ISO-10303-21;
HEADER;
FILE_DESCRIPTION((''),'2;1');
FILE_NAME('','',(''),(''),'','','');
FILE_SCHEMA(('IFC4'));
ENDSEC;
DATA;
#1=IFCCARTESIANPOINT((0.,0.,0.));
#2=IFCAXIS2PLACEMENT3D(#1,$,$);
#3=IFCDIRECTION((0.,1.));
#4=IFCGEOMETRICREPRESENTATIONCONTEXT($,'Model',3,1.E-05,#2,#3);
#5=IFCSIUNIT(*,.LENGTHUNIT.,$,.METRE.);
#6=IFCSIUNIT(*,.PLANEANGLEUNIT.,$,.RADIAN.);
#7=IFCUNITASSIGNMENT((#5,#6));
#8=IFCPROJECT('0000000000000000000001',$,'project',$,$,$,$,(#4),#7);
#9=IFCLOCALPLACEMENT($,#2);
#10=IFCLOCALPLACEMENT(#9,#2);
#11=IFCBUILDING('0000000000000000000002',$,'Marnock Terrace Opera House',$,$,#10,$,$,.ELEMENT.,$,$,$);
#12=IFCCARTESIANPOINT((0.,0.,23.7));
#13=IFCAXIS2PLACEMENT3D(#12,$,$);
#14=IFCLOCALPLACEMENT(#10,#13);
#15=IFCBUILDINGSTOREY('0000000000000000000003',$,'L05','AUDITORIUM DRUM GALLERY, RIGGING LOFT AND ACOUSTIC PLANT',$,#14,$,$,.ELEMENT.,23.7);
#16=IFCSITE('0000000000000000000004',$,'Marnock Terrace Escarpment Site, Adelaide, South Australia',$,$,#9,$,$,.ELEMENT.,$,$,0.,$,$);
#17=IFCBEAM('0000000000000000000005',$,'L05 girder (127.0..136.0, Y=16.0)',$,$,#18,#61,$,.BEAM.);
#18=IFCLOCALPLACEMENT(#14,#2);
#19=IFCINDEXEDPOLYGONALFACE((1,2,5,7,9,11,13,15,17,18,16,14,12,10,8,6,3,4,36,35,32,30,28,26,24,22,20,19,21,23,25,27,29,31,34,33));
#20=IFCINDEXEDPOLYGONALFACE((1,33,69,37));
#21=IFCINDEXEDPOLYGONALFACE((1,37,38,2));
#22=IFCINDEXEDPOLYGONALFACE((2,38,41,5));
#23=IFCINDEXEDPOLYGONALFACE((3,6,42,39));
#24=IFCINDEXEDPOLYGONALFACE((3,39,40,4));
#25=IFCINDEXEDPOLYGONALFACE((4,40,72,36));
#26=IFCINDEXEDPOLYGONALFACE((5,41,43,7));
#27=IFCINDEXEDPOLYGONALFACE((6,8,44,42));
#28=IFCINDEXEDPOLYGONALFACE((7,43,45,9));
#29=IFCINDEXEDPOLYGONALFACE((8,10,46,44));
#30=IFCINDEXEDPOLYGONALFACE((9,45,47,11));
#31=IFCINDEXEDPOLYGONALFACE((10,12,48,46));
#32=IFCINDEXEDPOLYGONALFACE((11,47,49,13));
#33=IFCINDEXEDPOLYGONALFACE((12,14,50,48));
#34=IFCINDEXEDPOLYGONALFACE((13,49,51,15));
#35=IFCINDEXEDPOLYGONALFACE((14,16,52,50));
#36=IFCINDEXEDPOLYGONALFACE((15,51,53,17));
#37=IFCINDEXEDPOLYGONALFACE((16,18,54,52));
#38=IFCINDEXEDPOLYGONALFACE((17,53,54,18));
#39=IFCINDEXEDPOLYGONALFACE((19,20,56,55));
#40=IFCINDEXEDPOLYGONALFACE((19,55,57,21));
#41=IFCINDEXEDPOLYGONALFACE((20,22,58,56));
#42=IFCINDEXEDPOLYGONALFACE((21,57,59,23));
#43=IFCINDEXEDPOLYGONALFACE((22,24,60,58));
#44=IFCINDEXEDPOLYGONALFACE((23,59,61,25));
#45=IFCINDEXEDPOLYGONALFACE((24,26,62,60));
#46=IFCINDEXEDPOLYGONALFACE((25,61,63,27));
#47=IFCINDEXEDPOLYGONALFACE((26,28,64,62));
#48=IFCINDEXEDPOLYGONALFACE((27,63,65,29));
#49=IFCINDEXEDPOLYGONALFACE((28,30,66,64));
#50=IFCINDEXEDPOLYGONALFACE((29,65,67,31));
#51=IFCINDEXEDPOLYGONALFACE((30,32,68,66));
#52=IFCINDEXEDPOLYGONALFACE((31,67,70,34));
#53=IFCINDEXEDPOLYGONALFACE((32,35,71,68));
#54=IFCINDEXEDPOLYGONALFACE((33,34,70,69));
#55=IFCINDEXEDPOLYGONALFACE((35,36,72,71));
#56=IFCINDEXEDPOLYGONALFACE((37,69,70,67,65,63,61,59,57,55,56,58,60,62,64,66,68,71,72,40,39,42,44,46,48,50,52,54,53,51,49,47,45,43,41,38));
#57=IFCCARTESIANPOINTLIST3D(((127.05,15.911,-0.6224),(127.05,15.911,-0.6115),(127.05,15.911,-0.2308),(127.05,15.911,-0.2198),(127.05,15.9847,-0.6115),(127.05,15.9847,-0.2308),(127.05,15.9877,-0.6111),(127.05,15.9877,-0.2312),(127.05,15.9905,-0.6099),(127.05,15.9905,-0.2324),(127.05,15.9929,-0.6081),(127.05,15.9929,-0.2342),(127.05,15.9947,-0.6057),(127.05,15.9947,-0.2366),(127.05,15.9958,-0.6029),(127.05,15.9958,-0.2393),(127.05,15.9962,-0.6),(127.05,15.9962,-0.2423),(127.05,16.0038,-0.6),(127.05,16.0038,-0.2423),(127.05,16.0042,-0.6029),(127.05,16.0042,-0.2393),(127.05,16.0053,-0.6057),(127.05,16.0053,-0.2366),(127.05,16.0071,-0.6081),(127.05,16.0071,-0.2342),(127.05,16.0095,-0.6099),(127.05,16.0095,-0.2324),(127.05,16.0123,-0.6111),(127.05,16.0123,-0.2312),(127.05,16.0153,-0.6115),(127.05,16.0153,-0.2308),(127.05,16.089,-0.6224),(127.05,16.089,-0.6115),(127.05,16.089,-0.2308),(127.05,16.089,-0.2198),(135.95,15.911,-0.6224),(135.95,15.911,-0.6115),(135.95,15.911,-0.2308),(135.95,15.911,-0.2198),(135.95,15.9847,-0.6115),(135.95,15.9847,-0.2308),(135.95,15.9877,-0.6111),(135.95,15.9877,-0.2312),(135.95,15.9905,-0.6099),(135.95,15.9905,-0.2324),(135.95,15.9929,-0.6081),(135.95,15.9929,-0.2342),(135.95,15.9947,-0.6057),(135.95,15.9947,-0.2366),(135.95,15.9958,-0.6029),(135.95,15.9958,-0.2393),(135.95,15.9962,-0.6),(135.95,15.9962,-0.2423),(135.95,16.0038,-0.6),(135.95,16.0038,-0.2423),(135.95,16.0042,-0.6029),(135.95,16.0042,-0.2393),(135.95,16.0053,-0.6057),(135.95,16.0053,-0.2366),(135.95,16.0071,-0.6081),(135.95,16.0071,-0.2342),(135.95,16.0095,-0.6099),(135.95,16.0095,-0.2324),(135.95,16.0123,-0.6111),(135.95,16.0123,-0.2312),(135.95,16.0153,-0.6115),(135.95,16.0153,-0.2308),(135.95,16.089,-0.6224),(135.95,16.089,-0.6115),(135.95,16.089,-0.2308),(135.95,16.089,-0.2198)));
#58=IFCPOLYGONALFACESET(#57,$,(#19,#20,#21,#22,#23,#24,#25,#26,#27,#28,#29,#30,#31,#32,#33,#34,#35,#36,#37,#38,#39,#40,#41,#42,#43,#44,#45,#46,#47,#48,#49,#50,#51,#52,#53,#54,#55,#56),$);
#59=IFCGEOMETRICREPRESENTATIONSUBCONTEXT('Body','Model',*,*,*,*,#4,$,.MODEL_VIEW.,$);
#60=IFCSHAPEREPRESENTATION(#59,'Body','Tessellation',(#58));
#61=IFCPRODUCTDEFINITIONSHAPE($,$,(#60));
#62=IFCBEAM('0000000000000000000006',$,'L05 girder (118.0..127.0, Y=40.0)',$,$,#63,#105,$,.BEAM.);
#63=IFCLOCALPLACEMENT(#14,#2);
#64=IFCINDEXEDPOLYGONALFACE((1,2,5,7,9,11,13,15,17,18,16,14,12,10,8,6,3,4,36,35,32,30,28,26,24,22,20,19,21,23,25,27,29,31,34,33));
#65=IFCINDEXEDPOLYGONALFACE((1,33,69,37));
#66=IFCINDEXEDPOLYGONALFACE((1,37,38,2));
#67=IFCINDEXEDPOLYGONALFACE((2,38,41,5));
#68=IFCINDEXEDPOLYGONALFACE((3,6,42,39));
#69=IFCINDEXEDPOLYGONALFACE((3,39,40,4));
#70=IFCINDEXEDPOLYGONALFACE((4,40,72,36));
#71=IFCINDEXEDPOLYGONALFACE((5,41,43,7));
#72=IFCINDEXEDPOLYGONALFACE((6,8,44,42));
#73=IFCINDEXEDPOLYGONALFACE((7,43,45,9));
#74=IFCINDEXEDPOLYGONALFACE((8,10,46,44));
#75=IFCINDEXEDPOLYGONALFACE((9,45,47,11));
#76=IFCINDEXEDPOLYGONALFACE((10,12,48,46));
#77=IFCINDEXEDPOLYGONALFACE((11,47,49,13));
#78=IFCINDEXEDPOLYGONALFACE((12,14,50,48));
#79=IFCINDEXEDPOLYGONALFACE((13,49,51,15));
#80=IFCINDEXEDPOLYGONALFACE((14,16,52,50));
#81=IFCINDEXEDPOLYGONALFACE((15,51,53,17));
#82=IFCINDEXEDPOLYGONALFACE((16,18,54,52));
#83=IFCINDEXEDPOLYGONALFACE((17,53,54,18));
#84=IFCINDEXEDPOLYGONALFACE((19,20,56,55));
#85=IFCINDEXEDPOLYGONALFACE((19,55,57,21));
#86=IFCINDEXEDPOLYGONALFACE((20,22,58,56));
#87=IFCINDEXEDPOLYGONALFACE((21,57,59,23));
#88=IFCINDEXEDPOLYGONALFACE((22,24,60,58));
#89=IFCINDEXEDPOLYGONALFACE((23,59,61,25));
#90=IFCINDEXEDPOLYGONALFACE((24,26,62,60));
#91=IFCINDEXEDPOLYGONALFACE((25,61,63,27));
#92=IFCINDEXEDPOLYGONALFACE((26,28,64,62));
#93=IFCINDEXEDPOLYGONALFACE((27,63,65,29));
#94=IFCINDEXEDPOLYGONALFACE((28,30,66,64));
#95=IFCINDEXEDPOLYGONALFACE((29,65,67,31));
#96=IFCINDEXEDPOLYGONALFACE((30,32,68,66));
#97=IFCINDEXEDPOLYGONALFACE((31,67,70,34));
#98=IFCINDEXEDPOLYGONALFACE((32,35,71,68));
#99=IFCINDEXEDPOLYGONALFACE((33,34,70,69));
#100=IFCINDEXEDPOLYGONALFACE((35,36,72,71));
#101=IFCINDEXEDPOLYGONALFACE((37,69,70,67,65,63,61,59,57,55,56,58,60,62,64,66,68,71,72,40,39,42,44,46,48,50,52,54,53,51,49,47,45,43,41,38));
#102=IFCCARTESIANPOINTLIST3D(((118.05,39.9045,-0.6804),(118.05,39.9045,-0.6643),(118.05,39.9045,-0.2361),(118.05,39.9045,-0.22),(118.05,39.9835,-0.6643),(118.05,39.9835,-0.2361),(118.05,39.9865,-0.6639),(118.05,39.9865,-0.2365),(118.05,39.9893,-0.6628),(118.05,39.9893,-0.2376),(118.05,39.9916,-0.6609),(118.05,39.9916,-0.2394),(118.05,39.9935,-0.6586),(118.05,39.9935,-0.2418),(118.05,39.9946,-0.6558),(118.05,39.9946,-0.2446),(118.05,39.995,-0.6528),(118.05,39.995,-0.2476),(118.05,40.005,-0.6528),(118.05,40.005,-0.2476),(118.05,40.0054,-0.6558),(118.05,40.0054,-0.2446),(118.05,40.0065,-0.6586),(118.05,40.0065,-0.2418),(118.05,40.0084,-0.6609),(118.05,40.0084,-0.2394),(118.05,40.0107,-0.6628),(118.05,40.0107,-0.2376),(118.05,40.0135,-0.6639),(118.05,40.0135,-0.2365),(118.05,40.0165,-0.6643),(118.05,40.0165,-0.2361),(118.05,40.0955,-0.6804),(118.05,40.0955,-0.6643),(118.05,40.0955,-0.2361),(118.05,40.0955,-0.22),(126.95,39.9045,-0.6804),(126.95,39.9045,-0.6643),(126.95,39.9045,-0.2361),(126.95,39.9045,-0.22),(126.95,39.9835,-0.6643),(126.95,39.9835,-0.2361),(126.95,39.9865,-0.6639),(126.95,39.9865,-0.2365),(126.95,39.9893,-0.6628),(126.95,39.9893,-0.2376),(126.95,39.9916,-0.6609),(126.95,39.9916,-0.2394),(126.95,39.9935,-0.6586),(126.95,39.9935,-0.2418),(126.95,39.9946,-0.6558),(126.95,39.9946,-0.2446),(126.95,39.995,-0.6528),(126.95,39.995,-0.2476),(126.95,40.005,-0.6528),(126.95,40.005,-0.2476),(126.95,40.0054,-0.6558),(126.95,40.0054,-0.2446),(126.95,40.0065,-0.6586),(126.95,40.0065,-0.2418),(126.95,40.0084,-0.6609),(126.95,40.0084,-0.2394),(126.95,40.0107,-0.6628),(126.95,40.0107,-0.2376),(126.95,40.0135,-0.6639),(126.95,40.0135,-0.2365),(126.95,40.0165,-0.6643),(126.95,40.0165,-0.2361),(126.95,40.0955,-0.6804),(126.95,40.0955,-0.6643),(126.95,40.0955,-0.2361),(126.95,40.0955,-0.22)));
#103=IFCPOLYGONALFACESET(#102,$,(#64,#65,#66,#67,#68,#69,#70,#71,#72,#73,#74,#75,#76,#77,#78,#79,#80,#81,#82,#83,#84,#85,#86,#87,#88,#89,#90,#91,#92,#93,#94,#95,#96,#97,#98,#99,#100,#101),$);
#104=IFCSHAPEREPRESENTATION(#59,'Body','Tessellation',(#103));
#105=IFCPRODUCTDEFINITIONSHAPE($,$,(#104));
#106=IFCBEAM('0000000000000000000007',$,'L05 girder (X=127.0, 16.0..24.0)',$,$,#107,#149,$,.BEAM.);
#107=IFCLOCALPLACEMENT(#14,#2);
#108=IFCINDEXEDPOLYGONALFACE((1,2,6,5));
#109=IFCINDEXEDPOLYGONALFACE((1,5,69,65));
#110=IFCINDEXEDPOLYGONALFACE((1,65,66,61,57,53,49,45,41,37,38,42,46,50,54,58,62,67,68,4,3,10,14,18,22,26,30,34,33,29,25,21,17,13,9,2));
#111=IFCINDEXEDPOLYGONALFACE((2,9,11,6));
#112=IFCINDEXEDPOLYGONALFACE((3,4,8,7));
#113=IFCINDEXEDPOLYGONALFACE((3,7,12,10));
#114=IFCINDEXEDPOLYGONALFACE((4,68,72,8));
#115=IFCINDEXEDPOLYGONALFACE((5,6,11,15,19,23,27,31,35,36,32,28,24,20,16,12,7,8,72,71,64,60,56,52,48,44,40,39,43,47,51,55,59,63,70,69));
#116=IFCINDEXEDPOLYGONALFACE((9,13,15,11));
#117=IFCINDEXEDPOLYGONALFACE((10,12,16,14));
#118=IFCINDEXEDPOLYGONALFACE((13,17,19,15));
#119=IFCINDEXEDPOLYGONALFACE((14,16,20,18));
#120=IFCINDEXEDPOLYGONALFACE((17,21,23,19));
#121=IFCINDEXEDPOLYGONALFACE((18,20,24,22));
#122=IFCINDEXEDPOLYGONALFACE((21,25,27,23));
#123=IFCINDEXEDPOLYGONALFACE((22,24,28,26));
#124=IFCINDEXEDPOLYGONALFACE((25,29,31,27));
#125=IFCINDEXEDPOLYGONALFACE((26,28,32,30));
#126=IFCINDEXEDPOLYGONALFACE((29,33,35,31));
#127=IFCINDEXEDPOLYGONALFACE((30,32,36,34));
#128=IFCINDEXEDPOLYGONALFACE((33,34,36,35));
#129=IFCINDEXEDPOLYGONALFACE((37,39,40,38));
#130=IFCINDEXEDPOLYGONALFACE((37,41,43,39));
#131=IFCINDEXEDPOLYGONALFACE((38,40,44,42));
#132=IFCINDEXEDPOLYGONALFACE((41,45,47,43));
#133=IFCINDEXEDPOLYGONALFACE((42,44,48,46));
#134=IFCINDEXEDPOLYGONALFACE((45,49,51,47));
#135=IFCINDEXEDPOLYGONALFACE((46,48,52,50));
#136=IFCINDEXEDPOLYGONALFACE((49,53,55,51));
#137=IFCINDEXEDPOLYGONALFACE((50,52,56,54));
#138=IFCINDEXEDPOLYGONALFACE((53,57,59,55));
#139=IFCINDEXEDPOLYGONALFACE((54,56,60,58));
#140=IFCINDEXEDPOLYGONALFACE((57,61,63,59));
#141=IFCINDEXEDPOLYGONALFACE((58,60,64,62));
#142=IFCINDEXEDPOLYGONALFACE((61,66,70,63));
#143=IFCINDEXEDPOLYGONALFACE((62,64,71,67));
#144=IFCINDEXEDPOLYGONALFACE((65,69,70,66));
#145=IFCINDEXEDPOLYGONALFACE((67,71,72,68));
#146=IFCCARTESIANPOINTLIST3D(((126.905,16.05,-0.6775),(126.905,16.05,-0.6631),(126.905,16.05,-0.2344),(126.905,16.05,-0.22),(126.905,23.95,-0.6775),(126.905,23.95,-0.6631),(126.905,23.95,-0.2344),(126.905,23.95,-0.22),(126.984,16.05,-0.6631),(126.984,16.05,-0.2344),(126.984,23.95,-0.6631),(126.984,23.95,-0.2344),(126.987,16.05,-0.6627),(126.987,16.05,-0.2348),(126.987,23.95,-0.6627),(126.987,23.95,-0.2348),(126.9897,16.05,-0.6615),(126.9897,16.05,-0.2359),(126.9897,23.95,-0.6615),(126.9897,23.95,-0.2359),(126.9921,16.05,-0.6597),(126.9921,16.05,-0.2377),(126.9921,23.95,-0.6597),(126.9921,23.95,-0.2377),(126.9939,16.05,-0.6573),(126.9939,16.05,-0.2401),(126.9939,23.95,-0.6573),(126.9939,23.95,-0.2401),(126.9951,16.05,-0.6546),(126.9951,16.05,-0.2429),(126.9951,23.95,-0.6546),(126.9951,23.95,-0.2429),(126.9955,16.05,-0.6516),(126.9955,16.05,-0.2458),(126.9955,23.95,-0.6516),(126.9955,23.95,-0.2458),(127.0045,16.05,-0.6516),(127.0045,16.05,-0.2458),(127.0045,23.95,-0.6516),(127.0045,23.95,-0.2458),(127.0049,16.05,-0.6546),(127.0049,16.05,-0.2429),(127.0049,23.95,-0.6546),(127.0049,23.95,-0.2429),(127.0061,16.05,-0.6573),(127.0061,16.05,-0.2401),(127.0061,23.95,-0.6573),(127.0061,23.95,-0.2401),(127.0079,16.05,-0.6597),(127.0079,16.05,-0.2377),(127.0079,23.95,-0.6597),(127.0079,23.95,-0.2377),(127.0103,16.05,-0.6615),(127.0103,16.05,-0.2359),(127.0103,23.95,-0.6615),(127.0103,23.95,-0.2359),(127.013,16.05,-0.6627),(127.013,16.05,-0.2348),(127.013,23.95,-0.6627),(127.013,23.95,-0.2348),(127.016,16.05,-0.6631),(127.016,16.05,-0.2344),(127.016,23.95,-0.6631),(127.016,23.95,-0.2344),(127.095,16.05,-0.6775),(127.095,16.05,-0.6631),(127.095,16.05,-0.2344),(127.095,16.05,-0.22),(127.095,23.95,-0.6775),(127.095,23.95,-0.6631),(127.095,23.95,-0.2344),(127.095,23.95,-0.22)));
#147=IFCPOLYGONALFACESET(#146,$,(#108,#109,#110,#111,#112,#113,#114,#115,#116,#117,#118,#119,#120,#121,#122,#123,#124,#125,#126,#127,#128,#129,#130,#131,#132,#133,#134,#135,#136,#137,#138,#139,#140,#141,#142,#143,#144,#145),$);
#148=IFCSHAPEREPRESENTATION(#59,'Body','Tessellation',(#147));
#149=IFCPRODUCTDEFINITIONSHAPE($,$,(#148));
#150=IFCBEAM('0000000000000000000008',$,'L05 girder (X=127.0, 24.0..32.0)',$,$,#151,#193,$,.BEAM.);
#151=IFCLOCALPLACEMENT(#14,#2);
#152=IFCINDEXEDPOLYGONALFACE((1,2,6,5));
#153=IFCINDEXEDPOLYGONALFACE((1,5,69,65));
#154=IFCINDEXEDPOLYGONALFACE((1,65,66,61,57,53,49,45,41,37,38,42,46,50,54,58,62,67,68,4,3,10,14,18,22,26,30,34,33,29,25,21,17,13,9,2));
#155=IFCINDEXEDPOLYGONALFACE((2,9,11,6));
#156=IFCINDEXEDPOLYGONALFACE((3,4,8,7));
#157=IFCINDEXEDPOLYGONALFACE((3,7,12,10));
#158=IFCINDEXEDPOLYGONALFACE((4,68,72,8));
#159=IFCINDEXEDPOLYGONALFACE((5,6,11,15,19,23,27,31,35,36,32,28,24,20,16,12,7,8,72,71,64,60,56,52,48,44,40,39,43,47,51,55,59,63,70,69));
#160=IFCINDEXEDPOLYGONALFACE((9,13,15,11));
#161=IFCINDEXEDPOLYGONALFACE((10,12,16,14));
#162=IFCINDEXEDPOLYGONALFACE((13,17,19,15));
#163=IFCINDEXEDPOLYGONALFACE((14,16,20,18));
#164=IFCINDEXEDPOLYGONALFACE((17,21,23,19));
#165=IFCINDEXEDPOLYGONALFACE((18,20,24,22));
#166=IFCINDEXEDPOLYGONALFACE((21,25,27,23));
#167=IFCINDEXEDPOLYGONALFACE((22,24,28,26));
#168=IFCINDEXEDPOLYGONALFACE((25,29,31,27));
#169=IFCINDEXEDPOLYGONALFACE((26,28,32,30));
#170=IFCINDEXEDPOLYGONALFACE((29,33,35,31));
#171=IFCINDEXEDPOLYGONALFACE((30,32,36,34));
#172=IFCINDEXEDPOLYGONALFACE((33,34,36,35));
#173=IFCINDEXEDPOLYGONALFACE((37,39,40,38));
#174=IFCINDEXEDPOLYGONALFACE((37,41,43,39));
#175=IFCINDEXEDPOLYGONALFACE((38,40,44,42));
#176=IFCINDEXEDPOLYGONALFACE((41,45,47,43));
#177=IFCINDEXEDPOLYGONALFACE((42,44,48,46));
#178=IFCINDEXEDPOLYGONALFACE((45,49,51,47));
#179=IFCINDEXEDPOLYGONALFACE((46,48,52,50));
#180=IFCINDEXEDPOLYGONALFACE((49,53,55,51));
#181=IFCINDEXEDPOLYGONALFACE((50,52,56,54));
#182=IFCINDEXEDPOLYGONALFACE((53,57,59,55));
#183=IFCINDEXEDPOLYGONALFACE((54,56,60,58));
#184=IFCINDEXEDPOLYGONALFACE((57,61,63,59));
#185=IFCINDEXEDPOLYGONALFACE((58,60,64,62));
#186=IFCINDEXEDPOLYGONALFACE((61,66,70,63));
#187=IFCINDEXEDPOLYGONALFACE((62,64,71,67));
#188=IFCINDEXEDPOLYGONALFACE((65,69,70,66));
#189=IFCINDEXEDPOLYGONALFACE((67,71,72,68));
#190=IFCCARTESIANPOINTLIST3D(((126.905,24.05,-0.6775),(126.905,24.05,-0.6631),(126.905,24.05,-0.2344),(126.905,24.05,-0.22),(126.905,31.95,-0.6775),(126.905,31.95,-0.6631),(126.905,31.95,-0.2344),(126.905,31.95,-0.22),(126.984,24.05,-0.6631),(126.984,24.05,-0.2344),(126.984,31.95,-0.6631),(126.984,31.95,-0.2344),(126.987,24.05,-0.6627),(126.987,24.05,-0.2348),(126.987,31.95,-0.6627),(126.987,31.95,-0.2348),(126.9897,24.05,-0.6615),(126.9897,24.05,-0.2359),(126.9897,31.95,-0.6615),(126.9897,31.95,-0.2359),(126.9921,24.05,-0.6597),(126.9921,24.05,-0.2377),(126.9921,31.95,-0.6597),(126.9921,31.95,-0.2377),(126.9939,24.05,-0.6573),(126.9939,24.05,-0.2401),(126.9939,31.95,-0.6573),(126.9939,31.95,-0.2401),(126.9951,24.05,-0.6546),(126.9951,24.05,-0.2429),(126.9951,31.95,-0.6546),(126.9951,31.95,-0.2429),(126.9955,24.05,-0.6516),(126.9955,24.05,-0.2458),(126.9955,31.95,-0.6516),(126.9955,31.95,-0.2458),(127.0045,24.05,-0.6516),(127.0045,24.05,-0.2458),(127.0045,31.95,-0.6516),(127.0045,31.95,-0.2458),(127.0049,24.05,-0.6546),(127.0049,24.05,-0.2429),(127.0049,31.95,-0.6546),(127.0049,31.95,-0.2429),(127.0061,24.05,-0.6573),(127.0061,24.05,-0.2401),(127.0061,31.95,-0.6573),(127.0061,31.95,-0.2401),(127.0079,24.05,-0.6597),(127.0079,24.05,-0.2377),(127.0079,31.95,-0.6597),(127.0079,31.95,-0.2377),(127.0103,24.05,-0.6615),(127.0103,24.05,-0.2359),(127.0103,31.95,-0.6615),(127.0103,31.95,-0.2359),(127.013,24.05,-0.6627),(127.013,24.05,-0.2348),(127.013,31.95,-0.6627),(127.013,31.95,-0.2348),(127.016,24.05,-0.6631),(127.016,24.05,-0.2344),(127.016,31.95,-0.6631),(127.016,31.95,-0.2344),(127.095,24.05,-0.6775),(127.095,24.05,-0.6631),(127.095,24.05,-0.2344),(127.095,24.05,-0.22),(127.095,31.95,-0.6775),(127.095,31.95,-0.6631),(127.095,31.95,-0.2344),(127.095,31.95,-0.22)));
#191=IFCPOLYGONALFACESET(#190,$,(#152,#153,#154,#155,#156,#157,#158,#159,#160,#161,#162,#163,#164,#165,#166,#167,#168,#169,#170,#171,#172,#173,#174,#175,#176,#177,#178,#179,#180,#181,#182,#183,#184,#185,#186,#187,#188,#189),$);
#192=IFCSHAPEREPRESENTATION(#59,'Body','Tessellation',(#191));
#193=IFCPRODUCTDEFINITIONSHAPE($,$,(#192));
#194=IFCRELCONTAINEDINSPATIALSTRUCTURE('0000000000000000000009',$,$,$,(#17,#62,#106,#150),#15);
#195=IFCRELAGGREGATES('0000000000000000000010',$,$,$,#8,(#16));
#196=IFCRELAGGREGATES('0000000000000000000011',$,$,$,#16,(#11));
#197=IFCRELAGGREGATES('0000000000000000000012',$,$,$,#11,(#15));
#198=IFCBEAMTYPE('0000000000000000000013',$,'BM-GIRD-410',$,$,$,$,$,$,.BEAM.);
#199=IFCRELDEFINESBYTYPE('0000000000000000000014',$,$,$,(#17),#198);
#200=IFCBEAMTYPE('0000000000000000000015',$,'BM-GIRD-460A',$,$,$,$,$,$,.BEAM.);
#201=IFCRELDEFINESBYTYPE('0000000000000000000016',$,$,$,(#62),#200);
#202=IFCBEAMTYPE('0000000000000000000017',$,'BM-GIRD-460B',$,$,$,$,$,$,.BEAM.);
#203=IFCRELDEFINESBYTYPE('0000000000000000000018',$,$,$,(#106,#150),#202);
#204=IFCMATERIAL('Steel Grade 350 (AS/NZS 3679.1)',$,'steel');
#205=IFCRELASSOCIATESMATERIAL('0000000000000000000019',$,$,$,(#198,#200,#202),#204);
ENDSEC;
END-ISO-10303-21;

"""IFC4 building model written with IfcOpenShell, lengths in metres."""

from ifc_helpers import new_model, si_unit, direction, frame, origin, origin_2d, place, context, subcontext, project, spatial, i_section, extrude, material, material_profile, profile_set, type_object, element, save


model = new_model("IFC4")

# Units and contexts
model_context = context("Model", 3, precision=1e-05, world=origin(), true_north=direction((0.0, 1.0)))
body_context = subcontext(model_context, "Body", "Model", "MODEL_VIEW")
ifc_project = project(units=[si_unit("LENGTHUNIT", "METRE"), si_unit("PLANEANGLEUNIT", "RADIAN")], contexts=[model_context])

# Site, building, storey
site_placement = place(None, origin())
site = spatial("IfcSite", under=ifc_project, at=site_placement, Name="Marnock Terrace Escarpment Site, Adelaide, South Australia", CompositionType="ELEMENT", RefElevation=0.0)
building_placement = place(site_placement, origin())
building = spatial("IfcBuilding", under=site, at=building_placement, Name="Marnock Terrace Opera House", CompositionType="ELEMENT")
storey_placement = place(building_placement, frame((0.0, 0.0, 23.7)))
storey = spatial("IfcBuildingStorey", under=building, at=storey_placement, Name="L05", Description="AUDITORIUM DRUM GALLERY, RIGGING LOFT AND ACOUSTIC PLANT", CompositionType="ELEMENT", Elevation=23.7)

# Beams
ifc_material = material(Name="Steel Grade 350 (AS/NZS 3679.1)", Category="steel")
ifc_material_profile_1 = material_profile(ifc_material, i_section(OverallWidth=0.178, OverallDepth=0.4026, WebThickness=0.0076, FlangeThickness=0.011, FilletRadius=0.0115, at=origin_2d()))
ifc_profile_set_1 = profile_set([ifc_material_profile_1], Name="Steel Grade 350 (AS/NZS 3679.1)")
beam_type_1 = type_object("IfcBeamType", Name="BM-GIRD-410", PredefinedType="BEAM", material=ifc_profile_set_1)
beam_1_placement = place(storey_placement, frame((127.05, 16.0, -0.4211), z_axis=(1.0, 0.0, 0.0), x_axis=(0.0, 1.0, 0.0)))
element("IfcBeam", 1, at=beam_1_placement, inside=storey, type_object=beam_type_1, Name="L05 girder (127.0..136.0, Y=16.0)", PredefinedType="BEAM", context=body_context, shape_type="SweptSolid", body=[
    extrude(i_section(OverallWidth=0.178, OverallDepth=0.4026, WebThickness=0.0076, FlangeThickness=0.011, FilletRadius=0.0115, at=origin_2d()), origin(), (0.0, 0.0, 1.0), 8.8999),
])
ifc_material_profile_2 = material_profile(ifc_material, i_section(OverallWidth=0.1909, OverallDepth=0.4604, WebThickness=0.01, FlangeThickness=0.0161, FilletRadius=0.0115, at=origin_2d()))
ifc_profile_set_2 = profile_set([ifc_material_profile_2], Name="Steel Grade 350 (AS/NZS 3679.1)")
beam_type_2 = type_object("IfcBeamType", Name="BM-GIRD-460A", PredefinedType="BEAM", material=ifc_profile_set_2)
beam_2_placement = place(storey_placement, frame((118.05, 40.0, -0.4502), z_axis=(1.0, 0.0, 0.0), x_axis=(0.0, 1.0, 0.0)))
element("IfcBeam", 2, at=beam_2_placement, inside=storey, type_object=beam_type_2, Name="L05 girder (118.0..127.0, Y=40.0)", PredefinedType="BEAM", context=body_context, shape_type="SweptSolid", body=[
    extrude(i_section(OverallWidth=0.1909, OverallDepth=0.4604, WebThickness=0.01, FlangeThickness=0.0161, FilletRadius=0.0115, at=origin_2d()), origin(), (0.0, 0.0, 1.0), 8.8999),
])
ifc_material_profile_3 = material_profile(ifc_material, i_section(OverallWidth=0.1899, OverallDepth=0.4575, WebThickness=0.009, FlangeThickness=0.0144, FilletRadius=0.0115, at=origin_2d()))
ifc_profile_set_3 = profile_set([ifc_material_profile_3], Name="Steel Grade 350 (AS/NZS 3679.1)")
beam_type_3 = type_object("IfcBeamType", Name="BM-GIRD-460B", PredefinedType="BEAM", material=ifc_profile_set_3)
for number, where, z_axis, x_axis, name in (
    (3, (127.0, 16.05, -0.4487), (0.0, 1.0, 0.0), (-1.0, 0.0, 0.0), "L05 girder (X=127.0, 16.0..24.0)"),
    (4, (127.0, 24.05, -0.4487), (0.0, 1.0, 0.0), (-1.0, 0.0, 0.0), "L05 girder (X=127.0, 24.0..32.0)"),
):
    element("IfcBeam", number, at=place(storey_placement, frame(where, z_axis=z_axis, x_axis=x_axis)), inside=storey, type_object=beam_type_3, Name=name, PredefinedType="BEAM", context=body_context, shape_type="SweptSolid", body=[
        extrude(i_section(OverallWidth=0.1899, OverallDepth=0.4575, WebThickness=0.009, FlangeThickness=0.0144, FilletRadius=0.0115, at=origin_2d()), origin(), (0.0, 0.0, 1.0), 7.8999),
    ])

save(model, "model.ifc")
